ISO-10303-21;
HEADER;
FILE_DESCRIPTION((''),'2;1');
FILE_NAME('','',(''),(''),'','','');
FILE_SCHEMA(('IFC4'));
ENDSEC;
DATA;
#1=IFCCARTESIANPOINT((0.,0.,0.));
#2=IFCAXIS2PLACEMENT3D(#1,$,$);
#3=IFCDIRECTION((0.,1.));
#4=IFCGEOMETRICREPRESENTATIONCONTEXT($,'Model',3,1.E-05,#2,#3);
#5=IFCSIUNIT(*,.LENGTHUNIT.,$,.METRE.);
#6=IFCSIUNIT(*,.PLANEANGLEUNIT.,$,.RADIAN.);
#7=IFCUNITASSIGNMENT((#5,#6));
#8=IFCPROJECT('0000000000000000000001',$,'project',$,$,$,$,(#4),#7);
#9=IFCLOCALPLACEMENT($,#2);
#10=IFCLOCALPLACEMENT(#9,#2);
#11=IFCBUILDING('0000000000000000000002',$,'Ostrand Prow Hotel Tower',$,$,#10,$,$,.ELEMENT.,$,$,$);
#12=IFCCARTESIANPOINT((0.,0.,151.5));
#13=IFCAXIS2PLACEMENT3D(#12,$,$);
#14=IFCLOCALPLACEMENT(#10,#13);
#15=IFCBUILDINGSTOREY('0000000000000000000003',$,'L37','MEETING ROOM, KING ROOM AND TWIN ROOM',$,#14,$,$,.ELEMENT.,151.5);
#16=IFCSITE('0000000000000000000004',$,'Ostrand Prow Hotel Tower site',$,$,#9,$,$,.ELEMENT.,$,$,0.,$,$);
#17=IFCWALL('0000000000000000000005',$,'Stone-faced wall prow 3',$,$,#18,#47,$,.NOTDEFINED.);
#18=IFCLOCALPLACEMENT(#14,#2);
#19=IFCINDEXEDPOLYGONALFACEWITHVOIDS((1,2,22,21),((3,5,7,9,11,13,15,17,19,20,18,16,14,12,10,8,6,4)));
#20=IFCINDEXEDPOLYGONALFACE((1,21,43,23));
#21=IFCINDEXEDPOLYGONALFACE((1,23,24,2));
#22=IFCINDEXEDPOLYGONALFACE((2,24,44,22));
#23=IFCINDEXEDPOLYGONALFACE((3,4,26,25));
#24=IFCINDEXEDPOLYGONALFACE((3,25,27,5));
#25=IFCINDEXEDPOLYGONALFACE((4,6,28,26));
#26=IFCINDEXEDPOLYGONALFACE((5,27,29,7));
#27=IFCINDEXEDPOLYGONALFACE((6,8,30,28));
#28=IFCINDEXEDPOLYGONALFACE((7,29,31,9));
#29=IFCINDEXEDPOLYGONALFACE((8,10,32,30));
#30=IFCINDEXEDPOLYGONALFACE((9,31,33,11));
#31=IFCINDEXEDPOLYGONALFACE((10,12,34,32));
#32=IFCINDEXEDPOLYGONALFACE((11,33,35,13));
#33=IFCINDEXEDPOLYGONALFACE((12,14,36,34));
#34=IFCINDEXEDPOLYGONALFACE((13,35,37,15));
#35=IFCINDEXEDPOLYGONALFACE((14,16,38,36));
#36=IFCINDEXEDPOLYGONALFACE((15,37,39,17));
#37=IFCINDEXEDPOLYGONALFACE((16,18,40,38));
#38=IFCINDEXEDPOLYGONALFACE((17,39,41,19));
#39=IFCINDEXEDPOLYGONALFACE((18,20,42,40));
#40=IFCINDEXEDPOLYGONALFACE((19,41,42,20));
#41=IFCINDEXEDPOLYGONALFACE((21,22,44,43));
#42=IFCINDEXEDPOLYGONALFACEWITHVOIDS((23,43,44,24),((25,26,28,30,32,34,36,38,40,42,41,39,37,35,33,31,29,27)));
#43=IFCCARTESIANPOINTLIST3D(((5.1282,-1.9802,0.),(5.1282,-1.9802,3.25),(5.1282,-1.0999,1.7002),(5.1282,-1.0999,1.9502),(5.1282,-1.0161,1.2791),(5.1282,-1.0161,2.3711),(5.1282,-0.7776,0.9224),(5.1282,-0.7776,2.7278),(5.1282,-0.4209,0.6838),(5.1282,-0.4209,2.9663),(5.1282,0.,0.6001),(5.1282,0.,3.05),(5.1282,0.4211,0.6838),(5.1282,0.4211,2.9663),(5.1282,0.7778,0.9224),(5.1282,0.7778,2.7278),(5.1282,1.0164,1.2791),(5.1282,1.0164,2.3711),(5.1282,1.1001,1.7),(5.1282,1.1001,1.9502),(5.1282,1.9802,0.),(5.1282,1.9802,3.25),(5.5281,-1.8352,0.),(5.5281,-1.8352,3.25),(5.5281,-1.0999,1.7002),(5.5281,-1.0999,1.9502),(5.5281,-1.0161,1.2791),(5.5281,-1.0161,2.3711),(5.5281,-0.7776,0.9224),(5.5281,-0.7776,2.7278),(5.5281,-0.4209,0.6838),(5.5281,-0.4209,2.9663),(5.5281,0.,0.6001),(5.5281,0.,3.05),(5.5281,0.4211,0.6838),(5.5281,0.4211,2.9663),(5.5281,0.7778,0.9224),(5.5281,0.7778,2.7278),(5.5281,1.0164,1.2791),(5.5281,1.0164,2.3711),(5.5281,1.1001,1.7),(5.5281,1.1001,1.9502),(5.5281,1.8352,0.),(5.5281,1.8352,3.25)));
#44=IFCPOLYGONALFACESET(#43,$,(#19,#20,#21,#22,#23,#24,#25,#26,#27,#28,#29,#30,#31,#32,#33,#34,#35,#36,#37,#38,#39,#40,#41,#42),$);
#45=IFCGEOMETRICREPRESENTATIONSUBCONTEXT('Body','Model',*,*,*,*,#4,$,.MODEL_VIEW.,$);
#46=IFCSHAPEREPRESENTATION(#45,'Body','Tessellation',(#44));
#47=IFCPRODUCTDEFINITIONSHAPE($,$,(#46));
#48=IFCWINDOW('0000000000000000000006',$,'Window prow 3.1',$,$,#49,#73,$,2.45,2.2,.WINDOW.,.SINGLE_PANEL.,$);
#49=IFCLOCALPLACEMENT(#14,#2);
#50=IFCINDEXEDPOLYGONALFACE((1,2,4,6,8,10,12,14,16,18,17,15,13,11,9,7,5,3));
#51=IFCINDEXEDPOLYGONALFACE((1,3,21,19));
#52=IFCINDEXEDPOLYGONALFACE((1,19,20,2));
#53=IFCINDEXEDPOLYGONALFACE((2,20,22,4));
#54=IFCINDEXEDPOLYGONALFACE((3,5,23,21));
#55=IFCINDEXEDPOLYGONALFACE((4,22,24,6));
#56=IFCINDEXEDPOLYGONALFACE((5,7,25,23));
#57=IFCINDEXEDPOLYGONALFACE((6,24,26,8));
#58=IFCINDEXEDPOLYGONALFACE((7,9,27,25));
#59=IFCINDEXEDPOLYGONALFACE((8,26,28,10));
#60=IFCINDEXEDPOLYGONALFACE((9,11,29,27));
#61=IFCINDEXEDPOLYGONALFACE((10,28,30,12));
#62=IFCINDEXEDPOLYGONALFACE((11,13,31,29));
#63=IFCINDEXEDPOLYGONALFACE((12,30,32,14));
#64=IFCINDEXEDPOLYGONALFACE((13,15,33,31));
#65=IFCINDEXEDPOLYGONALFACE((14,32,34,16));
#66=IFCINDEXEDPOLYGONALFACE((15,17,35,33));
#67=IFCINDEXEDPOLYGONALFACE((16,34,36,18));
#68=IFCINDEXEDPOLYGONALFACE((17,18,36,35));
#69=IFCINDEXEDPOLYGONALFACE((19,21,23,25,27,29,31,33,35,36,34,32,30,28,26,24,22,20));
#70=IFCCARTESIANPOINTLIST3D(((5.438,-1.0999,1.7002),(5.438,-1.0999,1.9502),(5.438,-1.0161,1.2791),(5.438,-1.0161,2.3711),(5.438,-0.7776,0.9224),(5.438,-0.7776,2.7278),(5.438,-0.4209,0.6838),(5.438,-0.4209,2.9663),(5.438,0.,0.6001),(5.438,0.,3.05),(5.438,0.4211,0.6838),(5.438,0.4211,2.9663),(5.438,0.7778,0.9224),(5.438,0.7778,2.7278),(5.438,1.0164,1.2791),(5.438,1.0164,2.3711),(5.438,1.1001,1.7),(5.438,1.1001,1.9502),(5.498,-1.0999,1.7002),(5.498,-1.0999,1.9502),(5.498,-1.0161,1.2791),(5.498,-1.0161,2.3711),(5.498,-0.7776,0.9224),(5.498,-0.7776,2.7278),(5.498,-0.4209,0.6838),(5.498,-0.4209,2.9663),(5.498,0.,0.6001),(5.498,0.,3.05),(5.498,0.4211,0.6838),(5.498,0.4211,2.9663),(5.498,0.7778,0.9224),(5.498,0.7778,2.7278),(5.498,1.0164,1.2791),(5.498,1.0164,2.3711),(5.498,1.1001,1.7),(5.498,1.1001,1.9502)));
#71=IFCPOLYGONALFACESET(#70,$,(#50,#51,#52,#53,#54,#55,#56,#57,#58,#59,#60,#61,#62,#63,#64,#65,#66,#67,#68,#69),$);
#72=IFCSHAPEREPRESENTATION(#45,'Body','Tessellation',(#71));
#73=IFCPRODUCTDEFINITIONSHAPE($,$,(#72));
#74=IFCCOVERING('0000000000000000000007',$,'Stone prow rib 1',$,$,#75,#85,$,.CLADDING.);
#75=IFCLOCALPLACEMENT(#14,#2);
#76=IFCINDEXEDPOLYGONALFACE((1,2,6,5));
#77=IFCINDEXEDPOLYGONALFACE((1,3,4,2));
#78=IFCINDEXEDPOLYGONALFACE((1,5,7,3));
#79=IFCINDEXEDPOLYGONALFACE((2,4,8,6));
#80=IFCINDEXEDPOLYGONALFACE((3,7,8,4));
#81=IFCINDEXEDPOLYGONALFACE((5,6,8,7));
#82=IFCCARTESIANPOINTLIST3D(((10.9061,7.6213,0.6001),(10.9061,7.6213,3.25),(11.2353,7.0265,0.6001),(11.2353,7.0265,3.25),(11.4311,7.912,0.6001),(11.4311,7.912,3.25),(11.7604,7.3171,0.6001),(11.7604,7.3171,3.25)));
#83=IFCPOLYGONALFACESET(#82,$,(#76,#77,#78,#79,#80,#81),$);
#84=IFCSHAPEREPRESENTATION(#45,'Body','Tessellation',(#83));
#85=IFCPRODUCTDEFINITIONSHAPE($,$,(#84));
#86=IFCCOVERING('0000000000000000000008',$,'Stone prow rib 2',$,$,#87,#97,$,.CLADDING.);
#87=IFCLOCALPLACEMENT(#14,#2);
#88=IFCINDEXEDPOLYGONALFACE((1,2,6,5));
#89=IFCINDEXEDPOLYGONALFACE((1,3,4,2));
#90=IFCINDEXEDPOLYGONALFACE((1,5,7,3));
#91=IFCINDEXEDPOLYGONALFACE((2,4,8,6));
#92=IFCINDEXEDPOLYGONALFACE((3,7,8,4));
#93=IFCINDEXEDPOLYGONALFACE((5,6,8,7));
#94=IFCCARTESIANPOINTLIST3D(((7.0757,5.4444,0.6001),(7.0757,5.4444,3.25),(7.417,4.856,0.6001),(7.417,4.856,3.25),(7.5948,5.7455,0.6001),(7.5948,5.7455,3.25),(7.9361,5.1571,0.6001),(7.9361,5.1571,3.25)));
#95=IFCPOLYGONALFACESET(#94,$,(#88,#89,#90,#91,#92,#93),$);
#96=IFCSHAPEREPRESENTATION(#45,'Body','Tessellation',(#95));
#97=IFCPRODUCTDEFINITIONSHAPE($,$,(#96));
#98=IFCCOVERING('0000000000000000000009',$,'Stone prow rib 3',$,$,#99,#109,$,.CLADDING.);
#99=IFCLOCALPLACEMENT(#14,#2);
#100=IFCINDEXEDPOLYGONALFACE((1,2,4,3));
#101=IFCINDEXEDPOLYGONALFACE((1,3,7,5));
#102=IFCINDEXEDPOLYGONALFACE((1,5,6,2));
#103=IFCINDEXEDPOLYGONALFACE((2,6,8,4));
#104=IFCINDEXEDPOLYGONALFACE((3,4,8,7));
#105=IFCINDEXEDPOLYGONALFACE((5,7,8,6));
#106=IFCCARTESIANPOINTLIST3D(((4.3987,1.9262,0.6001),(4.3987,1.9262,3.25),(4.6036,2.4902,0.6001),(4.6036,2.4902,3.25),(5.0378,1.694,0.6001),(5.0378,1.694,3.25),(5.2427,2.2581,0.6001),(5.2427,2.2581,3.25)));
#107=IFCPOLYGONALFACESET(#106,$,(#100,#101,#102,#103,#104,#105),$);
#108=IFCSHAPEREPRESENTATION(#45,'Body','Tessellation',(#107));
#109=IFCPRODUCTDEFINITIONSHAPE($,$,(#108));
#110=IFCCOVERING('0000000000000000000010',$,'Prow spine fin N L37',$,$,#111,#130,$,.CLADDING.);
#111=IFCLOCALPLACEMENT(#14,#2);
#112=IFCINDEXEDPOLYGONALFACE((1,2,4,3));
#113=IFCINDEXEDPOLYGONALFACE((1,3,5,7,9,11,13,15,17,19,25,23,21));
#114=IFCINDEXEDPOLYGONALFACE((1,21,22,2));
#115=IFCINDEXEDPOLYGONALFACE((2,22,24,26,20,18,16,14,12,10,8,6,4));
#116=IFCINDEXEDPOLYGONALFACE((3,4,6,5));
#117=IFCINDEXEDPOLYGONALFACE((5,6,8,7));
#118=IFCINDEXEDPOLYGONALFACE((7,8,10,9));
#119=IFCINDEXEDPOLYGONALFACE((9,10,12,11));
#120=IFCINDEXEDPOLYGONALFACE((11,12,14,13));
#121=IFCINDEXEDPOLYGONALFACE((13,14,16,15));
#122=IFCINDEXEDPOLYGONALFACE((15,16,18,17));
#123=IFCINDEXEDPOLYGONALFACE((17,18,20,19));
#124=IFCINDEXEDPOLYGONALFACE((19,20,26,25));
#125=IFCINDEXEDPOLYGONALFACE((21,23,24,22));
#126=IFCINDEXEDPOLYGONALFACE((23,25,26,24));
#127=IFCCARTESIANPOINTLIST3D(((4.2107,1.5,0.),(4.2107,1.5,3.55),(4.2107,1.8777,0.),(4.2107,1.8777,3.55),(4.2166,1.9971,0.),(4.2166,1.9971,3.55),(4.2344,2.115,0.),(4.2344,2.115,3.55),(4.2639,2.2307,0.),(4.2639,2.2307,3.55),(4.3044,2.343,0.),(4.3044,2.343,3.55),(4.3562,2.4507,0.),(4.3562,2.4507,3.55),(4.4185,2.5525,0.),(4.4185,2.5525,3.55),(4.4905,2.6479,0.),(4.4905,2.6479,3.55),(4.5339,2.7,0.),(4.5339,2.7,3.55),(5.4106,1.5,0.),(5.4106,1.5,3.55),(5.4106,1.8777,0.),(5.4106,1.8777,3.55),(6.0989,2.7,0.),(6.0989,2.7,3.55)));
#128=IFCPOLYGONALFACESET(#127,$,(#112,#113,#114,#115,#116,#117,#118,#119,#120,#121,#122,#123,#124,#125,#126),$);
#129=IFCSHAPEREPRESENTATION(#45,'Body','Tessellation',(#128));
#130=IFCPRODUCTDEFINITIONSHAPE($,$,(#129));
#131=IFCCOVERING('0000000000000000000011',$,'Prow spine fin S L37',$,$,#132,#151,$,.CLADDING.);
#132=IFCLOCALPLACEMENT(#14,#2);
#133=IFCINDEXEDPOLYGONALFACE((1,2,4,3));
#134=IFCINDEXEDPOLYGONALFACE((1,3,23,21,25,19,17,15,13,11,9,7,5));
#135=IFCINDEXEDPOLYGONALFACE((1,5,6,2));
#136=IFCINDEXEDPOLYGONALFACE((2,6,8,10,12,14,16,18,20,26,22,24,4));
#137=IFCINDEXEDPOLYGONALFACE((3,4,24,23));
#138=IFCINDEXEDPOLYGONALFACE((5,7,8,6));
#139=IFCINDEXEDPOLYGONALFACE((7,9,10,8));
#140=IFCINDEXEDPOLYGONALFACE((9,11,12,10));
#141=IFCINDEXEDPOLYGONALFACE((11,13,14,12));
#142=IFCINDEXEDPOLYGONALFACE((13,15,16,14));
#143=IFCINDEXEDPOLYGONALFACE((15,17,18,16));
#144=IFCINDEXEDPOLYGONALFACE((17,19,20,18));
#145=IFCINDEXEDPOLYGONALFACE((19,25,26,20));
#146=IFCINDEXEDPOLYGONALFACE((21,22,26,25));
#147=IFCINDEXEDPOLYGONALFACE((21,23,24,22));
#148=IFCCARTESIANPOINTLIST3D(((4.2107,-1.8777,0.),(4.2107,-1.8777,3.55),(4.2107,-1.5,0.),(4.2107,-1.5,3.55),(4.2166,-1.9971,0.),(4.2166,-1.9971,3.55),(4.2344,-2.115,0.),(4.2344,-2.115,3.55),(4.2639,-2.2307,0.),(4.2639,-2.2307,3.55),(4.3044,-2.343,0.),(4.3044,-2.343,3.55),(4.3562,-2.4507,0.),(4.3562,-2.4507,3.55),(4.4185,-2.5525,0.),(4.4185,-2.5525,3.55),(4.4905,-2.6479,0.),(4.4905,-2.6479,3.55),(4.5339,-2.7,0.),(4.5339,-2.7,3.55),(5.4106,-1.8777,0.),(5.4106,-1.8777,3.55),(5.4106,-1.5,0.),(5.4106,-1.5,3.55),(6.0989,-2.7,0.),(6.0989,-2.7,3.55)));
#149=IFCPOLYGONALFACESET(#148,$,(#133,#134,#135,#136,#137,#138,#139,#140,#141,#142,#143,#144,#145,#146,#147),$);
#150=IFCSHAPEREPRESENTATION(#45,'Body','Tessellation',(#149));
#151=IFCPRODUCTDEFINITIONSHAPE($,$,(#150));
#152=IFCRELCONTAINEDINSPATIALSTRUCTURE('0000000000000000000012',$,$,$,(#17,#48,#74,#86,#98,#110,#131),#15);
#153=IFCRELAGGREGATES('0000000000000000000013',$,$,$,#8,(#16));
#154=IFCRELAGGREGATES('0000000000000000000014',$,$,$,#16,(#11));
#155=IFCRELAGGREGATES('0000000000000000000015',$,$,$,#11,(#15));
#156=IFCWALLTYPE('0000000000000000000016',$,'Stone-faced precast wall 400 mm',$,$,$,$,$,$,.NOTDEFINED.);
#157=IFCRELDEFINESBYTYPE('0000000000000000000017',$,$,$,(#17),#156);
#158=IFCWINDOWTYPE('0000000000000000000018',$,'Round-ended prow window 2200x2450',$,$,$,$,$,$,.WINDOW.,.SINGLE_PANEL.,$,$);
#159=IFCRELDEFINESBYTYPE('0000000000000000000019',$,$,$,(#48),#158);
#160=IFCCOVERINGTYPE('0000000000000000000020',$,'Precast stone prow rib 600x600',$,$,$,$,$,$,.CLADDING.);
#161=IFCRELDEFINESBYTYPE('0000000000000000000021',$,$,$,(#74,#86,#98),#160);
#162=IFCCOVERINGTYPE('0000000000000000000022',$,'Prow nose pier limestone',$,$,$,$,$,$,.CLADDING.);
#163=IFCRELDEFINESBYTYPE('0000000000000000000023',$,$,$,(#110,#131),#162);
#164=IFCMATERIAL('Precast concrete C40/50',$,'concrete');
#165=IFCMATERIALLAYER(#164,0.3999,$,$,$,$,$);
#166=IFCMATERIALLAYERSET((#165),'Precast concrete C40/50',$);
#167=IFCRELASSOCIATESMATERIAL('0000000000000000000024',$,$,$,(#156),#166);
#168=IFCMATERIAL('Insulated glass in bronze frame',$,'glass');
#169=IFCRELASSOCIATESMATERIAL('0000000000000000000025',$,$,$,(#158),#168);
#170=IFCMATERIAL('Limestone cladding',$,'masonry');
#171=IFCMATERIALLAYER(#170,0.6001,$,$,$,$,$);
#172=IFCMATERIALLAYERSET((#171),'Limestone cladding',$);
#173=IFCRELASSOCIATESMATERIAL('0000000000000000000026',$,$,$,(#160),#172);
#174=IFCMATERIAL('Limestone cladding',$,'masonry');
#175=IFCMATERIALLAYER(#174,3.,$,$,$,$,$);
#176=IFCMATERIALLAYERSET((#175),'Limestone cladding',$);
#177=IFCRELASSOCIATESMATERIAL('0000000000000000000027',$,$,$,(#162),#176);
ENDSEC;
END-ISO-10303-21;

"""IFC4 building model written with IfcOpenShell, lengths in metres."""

from ifc_helpers import new_model, si_unit, direction, frame, frame_2d, origin, place, context, subcontext, project, spatial, polyline, rectangle, outline, extrude, material, layer, layer_set, type_object, element, fill, save


model = new_model("IFC4")

# Units and contexts
model_context = context("Model", 3, precision=1e-05, world=origin(), true_north=direction((0.0, 1.0)))
body_context = subcontext(model_context, "Body", "Model", "MODEL_VIEW")
ifc_project = project(units=[si_unit("LENGTHUNIT", "METRE"), si_unit("PLANEANGLEUNIT", "RADIAN")], contexts=[model_context])

# Site, building, storey
site_placement = place(None, origin())
site = spatial("IfcSite", under=ifc_project, at=site_placement, Name="Ostrand Prow Hotel Tower site", CompositionType="ELEMENT", RefElevation=0.0)
building_placement = place(site_placement, origin())
building = spatial("IfcBuilding", under=site, at=building_placement, Name="Ostrand Prow Hotel Tower", CompositionType="ELEMENT")
storey_placement = place(building_placement, frame((0.0, 0.0, 151.5)))
storey = spatial("IfcBuildingStorey", under=building, at=storey_placement, Name="L37", Description="MEETING ROOM, KING ROOM AND TWIN ROOM", CompositionType="ELEMENT", Elevation=151.5)

# Wall, opening, window
ifc_material_1 = material(Name="Precast concrete C40/50", Category="concrete")
ifc_layer_1 = layer(ifc_material_1, 0.3999)
ifc_layer_set_1 = layer_set([ifc_layer_1], Name="Precast concrete C40/50")
wall_type_1 = type_object("IfcWallType", Name="Stone-faced precast wall 400 mm", PredefinedType="NOTDEFINED", material=ifc_layer_set_1)
ifc_material_2 = material(Name="Insulated glass in bronze frame", Category="glass")
window_type = type_object("IfcWindowType", Name="Round-ended prow window 2200x2450", PartitioningType="SINGLE_PANEL", PredefinedType="WINDOW", material=ifc_material_2)
wall_1_placement = place(storey_placement, frame((5.3281, 1.9077, 0.0), z_axis=(0.0, 0.0, 1.0), x_axis=(0.0, -1.0, 0.0)))
wall_1 = element("IfcWall", 1, at=wall_1_placement, inside=storey, type_object=wall_type_1, Name="Stone-faced wall prow 3", PredefinedType="NOTDEFINED", context=body_context, shape_type="SweptSolid", body=[
    extrude(outline(polyline([(-0.0725, -0.2), (3.8879, -0.2), (3.7429, 0.2), (0.0725, 0.2), (-0.0725, -0.2)])), origin(), (0.0, 0.0, 1.0), 3.25),
])
opening_1_placement = place(wall_1_placement, frame((0.8076, 0.0, 0.6001)))
opening_1 = element("IfcOpeningElement", 2, at=opening_1_placement, cuts=wall_1, PredefinedType="OPENING", context=body_context, shape_type="SweptSolid", body=[
    extrude(outline(polyline([(0.0, 1.3501), (0.0837, 1.771), (0.3223, 2.1277), (0.679, 2.3662), (1.1001, 2.45), (1.521, 2.3662), (1.8777, 2.1277), (2.1162, 1.771), (2.2, 1.3501), (2.2, 1.1001), (2.1162, 0.679), (1.8777, 0.3223), (1.521, 0.0837), (1.1001, 0.0), (0.679, 0.0837), (0.3223, 0.3223), (0.0837, 0.679), (0.0, 1.0999), (0.0, 1.3501)])), frame((0.0, 0.21, 0.0), z_axis=(0.0, -1.0, 0.0), x_axis=(1.0, 0.0, 0.0)), (0.0, 0.0, 1.0), 0.4199),
])
window_1_placement = place(opening_1_placement, origin())
window_1 = element("IfcWindow", 3, at=window_1_placement, inside=storey, type_object=window_type, Name="Window prow 3.1", OverallHeight=2.45, OverallWidth=2.2, PartitioningType="SINGLE_PANEL", PredefinedType="WINDOW", context=body_context, shape_type="SweptSolid", body=[
    extrude(outline(polyline([(0.0, 1.3501), (0.0837, 1.771), (0.3223, 2.1277), (0.679, 2.3662), (1.1001, 2.45), (1.521, 2.3662), (1.8777, 2.1277), (2.1162, 1.771), (2.2, 1.3501), (2.2, 1.1001), (2.1162, 0.679), (1.8777, 0.3223), (1.521, 0.0837), (1.1001, 0.0), (0.679, 0.0837), (0.3223, 0.3223), (0.0837, 0.679), (0.0, 1.0999), (0.0, 1.3501)])), frame((0.0, 0.1699, 0.0), z_axis=(0.0, -1.0, 0.0), x_axis=(1.0, 0.0, 0.0)), (0.0, 0.0, 1.0), 0.0601),
])
fill(opening_1, window_1)

# Coverings
ifc_material_3 = material(Name="Limestone cladding", Category="masonry")
ifc_layer_2 = layer(ifc_material_3, 0.6001)
ifc_layer_set_2 = layer_set([ifc_layer_2], Name="Limestone cladding")
covering_type_1 = type_object("IfcCoveringType", Name="Precast stone prow rib 600x600", PredefinedType="CLADDING", material=ifc_layer_set_2)
covering_1_placement = place(storey_placement, frame((11.4978, 7.1719, 0.6001), z_axis=(0.0, 0.0, 1.0), x_axis=(-0.484301, 0.874901, 0.0)))
element("IfcCovering", 4, at=covering_1_placement, inside=storey, type_object=covering_type_1, Name="Stone prow rib 1", PredefinedType="CLADDING", context=body_context, shape_type="SweptSolid", body=[
    extrude(rectangle(XDim=0.6799, YDim=0.6001, at=frame_2d((0.3398, 0.0))), origin(), (0.0, 0.0, 1.0), 2.6499),
])
covering_2_placement = place(storey_placement, frame((7.6765, 5.0066, 0.6001), z_axis=(0.0, 0.0, 1.0), x_axis=(-0.501772, 0.865, 0.0)))
element("IfcCovering", 5, at=covering_2_placement, inside=storey, type_object=covering_type_1, Name="Stone prow rib 2", PredefinedType="CLADDING", context=body_context, shape_type="SweptSolid", body=[
    extrude(rectangle(XDim=0.6802, YDim=0.6001, at=frame_2d((0.3401, 0.0))), origin(), (0.0, 0.0, 1.0), 2.6499),
])
covering_3_placement = place(storey_placement, frame((5.1401, 1.9761, 0.6001), z_axis=(0.0, 0.0, 1.0), x_axis=(-0.939909, 0.341426, 0.0)))
element("IfcCovering", 6, at=covering_3_placement, inside=storey, type_object=covering_type_1, Name="Stone prow rib 3", PredefinedType="CLADDING", context=body_context, shape_type="SweptSolid", body=[
    extrude(rectangle(XDim=0.6799, YDim=0.6001, at=frame_2d((0.3398, 0.0))), origin(), (0.0, 0.0, 1.0), 2.6499),
])
ifc_material_4 = material(Name="Limestone cladding", Category="masonry")
ifc_layer_3 = layer(ifc_material_4, 3.0)
ifc_layer_set_3 = layer_set([ifc_layer_3], Name="Limestone cladding")
covering_type_2 = type_object("IfcCoveringType", Name="Prow nose pier limestone", PredefinedType="CLADDING", material=ifc_layer_set_3)
covering_4_placement = place(storey_placement, origin())
element("IfcCovering", 7, at=covering_4_placement, inside=storey, type_object=covering_type_2, Name="Prow spine fin N L37", PredefinedType="CLADDING", context=body_context, shape_type="SweptSolid", body=[
    extrude(outline(polyline([(4.2107, 1.8777), (4.2107, 1.5), (5.4106, 1.5), (5.4106, 1.8777), (6.0989, 2.7), (4.5339, 2.7), (4.4905, 2.6479), (4.4185, 2.5525), (4.3562, 2.4507), (4.3044, 2.343), (4.2639, 2.2307), (4.2344, 2.115), (4.2166, 1.9971), (4.2107, 1.8777)])), origin(), (0.0, 0.0, 1.0), 3.55),
])
covering_5_placement = place(storey_placement, origin())
element("IfcCovering", 8, at=covering_5_placement, inside=storey, type_object=covering_type_2, Name="Prow spine fin S L37", PredefinedType="CLADDING", context=body_context, shape_type="SweptSolid", body=[
    extrude(outline(polyline([(4.4905, -2.6479), (4.5339, -2.7), (6.0989, -2.7), (5.4106, -1.8777), (5.4106, -1.5), (4.2107, -1.5), (4.2107, -1.8777), (4.2166, -1.9971), (4.2344, -2.115), (4.2639, -2.2307), (4.3044, -2.343), (4.3562, -2.4507), (4.4185, -2.5525), (4.4905, -2.6479)])), origin(), (0.0, 0.0, 1.0), 3.55),
])

save(model, "model.ifc")
